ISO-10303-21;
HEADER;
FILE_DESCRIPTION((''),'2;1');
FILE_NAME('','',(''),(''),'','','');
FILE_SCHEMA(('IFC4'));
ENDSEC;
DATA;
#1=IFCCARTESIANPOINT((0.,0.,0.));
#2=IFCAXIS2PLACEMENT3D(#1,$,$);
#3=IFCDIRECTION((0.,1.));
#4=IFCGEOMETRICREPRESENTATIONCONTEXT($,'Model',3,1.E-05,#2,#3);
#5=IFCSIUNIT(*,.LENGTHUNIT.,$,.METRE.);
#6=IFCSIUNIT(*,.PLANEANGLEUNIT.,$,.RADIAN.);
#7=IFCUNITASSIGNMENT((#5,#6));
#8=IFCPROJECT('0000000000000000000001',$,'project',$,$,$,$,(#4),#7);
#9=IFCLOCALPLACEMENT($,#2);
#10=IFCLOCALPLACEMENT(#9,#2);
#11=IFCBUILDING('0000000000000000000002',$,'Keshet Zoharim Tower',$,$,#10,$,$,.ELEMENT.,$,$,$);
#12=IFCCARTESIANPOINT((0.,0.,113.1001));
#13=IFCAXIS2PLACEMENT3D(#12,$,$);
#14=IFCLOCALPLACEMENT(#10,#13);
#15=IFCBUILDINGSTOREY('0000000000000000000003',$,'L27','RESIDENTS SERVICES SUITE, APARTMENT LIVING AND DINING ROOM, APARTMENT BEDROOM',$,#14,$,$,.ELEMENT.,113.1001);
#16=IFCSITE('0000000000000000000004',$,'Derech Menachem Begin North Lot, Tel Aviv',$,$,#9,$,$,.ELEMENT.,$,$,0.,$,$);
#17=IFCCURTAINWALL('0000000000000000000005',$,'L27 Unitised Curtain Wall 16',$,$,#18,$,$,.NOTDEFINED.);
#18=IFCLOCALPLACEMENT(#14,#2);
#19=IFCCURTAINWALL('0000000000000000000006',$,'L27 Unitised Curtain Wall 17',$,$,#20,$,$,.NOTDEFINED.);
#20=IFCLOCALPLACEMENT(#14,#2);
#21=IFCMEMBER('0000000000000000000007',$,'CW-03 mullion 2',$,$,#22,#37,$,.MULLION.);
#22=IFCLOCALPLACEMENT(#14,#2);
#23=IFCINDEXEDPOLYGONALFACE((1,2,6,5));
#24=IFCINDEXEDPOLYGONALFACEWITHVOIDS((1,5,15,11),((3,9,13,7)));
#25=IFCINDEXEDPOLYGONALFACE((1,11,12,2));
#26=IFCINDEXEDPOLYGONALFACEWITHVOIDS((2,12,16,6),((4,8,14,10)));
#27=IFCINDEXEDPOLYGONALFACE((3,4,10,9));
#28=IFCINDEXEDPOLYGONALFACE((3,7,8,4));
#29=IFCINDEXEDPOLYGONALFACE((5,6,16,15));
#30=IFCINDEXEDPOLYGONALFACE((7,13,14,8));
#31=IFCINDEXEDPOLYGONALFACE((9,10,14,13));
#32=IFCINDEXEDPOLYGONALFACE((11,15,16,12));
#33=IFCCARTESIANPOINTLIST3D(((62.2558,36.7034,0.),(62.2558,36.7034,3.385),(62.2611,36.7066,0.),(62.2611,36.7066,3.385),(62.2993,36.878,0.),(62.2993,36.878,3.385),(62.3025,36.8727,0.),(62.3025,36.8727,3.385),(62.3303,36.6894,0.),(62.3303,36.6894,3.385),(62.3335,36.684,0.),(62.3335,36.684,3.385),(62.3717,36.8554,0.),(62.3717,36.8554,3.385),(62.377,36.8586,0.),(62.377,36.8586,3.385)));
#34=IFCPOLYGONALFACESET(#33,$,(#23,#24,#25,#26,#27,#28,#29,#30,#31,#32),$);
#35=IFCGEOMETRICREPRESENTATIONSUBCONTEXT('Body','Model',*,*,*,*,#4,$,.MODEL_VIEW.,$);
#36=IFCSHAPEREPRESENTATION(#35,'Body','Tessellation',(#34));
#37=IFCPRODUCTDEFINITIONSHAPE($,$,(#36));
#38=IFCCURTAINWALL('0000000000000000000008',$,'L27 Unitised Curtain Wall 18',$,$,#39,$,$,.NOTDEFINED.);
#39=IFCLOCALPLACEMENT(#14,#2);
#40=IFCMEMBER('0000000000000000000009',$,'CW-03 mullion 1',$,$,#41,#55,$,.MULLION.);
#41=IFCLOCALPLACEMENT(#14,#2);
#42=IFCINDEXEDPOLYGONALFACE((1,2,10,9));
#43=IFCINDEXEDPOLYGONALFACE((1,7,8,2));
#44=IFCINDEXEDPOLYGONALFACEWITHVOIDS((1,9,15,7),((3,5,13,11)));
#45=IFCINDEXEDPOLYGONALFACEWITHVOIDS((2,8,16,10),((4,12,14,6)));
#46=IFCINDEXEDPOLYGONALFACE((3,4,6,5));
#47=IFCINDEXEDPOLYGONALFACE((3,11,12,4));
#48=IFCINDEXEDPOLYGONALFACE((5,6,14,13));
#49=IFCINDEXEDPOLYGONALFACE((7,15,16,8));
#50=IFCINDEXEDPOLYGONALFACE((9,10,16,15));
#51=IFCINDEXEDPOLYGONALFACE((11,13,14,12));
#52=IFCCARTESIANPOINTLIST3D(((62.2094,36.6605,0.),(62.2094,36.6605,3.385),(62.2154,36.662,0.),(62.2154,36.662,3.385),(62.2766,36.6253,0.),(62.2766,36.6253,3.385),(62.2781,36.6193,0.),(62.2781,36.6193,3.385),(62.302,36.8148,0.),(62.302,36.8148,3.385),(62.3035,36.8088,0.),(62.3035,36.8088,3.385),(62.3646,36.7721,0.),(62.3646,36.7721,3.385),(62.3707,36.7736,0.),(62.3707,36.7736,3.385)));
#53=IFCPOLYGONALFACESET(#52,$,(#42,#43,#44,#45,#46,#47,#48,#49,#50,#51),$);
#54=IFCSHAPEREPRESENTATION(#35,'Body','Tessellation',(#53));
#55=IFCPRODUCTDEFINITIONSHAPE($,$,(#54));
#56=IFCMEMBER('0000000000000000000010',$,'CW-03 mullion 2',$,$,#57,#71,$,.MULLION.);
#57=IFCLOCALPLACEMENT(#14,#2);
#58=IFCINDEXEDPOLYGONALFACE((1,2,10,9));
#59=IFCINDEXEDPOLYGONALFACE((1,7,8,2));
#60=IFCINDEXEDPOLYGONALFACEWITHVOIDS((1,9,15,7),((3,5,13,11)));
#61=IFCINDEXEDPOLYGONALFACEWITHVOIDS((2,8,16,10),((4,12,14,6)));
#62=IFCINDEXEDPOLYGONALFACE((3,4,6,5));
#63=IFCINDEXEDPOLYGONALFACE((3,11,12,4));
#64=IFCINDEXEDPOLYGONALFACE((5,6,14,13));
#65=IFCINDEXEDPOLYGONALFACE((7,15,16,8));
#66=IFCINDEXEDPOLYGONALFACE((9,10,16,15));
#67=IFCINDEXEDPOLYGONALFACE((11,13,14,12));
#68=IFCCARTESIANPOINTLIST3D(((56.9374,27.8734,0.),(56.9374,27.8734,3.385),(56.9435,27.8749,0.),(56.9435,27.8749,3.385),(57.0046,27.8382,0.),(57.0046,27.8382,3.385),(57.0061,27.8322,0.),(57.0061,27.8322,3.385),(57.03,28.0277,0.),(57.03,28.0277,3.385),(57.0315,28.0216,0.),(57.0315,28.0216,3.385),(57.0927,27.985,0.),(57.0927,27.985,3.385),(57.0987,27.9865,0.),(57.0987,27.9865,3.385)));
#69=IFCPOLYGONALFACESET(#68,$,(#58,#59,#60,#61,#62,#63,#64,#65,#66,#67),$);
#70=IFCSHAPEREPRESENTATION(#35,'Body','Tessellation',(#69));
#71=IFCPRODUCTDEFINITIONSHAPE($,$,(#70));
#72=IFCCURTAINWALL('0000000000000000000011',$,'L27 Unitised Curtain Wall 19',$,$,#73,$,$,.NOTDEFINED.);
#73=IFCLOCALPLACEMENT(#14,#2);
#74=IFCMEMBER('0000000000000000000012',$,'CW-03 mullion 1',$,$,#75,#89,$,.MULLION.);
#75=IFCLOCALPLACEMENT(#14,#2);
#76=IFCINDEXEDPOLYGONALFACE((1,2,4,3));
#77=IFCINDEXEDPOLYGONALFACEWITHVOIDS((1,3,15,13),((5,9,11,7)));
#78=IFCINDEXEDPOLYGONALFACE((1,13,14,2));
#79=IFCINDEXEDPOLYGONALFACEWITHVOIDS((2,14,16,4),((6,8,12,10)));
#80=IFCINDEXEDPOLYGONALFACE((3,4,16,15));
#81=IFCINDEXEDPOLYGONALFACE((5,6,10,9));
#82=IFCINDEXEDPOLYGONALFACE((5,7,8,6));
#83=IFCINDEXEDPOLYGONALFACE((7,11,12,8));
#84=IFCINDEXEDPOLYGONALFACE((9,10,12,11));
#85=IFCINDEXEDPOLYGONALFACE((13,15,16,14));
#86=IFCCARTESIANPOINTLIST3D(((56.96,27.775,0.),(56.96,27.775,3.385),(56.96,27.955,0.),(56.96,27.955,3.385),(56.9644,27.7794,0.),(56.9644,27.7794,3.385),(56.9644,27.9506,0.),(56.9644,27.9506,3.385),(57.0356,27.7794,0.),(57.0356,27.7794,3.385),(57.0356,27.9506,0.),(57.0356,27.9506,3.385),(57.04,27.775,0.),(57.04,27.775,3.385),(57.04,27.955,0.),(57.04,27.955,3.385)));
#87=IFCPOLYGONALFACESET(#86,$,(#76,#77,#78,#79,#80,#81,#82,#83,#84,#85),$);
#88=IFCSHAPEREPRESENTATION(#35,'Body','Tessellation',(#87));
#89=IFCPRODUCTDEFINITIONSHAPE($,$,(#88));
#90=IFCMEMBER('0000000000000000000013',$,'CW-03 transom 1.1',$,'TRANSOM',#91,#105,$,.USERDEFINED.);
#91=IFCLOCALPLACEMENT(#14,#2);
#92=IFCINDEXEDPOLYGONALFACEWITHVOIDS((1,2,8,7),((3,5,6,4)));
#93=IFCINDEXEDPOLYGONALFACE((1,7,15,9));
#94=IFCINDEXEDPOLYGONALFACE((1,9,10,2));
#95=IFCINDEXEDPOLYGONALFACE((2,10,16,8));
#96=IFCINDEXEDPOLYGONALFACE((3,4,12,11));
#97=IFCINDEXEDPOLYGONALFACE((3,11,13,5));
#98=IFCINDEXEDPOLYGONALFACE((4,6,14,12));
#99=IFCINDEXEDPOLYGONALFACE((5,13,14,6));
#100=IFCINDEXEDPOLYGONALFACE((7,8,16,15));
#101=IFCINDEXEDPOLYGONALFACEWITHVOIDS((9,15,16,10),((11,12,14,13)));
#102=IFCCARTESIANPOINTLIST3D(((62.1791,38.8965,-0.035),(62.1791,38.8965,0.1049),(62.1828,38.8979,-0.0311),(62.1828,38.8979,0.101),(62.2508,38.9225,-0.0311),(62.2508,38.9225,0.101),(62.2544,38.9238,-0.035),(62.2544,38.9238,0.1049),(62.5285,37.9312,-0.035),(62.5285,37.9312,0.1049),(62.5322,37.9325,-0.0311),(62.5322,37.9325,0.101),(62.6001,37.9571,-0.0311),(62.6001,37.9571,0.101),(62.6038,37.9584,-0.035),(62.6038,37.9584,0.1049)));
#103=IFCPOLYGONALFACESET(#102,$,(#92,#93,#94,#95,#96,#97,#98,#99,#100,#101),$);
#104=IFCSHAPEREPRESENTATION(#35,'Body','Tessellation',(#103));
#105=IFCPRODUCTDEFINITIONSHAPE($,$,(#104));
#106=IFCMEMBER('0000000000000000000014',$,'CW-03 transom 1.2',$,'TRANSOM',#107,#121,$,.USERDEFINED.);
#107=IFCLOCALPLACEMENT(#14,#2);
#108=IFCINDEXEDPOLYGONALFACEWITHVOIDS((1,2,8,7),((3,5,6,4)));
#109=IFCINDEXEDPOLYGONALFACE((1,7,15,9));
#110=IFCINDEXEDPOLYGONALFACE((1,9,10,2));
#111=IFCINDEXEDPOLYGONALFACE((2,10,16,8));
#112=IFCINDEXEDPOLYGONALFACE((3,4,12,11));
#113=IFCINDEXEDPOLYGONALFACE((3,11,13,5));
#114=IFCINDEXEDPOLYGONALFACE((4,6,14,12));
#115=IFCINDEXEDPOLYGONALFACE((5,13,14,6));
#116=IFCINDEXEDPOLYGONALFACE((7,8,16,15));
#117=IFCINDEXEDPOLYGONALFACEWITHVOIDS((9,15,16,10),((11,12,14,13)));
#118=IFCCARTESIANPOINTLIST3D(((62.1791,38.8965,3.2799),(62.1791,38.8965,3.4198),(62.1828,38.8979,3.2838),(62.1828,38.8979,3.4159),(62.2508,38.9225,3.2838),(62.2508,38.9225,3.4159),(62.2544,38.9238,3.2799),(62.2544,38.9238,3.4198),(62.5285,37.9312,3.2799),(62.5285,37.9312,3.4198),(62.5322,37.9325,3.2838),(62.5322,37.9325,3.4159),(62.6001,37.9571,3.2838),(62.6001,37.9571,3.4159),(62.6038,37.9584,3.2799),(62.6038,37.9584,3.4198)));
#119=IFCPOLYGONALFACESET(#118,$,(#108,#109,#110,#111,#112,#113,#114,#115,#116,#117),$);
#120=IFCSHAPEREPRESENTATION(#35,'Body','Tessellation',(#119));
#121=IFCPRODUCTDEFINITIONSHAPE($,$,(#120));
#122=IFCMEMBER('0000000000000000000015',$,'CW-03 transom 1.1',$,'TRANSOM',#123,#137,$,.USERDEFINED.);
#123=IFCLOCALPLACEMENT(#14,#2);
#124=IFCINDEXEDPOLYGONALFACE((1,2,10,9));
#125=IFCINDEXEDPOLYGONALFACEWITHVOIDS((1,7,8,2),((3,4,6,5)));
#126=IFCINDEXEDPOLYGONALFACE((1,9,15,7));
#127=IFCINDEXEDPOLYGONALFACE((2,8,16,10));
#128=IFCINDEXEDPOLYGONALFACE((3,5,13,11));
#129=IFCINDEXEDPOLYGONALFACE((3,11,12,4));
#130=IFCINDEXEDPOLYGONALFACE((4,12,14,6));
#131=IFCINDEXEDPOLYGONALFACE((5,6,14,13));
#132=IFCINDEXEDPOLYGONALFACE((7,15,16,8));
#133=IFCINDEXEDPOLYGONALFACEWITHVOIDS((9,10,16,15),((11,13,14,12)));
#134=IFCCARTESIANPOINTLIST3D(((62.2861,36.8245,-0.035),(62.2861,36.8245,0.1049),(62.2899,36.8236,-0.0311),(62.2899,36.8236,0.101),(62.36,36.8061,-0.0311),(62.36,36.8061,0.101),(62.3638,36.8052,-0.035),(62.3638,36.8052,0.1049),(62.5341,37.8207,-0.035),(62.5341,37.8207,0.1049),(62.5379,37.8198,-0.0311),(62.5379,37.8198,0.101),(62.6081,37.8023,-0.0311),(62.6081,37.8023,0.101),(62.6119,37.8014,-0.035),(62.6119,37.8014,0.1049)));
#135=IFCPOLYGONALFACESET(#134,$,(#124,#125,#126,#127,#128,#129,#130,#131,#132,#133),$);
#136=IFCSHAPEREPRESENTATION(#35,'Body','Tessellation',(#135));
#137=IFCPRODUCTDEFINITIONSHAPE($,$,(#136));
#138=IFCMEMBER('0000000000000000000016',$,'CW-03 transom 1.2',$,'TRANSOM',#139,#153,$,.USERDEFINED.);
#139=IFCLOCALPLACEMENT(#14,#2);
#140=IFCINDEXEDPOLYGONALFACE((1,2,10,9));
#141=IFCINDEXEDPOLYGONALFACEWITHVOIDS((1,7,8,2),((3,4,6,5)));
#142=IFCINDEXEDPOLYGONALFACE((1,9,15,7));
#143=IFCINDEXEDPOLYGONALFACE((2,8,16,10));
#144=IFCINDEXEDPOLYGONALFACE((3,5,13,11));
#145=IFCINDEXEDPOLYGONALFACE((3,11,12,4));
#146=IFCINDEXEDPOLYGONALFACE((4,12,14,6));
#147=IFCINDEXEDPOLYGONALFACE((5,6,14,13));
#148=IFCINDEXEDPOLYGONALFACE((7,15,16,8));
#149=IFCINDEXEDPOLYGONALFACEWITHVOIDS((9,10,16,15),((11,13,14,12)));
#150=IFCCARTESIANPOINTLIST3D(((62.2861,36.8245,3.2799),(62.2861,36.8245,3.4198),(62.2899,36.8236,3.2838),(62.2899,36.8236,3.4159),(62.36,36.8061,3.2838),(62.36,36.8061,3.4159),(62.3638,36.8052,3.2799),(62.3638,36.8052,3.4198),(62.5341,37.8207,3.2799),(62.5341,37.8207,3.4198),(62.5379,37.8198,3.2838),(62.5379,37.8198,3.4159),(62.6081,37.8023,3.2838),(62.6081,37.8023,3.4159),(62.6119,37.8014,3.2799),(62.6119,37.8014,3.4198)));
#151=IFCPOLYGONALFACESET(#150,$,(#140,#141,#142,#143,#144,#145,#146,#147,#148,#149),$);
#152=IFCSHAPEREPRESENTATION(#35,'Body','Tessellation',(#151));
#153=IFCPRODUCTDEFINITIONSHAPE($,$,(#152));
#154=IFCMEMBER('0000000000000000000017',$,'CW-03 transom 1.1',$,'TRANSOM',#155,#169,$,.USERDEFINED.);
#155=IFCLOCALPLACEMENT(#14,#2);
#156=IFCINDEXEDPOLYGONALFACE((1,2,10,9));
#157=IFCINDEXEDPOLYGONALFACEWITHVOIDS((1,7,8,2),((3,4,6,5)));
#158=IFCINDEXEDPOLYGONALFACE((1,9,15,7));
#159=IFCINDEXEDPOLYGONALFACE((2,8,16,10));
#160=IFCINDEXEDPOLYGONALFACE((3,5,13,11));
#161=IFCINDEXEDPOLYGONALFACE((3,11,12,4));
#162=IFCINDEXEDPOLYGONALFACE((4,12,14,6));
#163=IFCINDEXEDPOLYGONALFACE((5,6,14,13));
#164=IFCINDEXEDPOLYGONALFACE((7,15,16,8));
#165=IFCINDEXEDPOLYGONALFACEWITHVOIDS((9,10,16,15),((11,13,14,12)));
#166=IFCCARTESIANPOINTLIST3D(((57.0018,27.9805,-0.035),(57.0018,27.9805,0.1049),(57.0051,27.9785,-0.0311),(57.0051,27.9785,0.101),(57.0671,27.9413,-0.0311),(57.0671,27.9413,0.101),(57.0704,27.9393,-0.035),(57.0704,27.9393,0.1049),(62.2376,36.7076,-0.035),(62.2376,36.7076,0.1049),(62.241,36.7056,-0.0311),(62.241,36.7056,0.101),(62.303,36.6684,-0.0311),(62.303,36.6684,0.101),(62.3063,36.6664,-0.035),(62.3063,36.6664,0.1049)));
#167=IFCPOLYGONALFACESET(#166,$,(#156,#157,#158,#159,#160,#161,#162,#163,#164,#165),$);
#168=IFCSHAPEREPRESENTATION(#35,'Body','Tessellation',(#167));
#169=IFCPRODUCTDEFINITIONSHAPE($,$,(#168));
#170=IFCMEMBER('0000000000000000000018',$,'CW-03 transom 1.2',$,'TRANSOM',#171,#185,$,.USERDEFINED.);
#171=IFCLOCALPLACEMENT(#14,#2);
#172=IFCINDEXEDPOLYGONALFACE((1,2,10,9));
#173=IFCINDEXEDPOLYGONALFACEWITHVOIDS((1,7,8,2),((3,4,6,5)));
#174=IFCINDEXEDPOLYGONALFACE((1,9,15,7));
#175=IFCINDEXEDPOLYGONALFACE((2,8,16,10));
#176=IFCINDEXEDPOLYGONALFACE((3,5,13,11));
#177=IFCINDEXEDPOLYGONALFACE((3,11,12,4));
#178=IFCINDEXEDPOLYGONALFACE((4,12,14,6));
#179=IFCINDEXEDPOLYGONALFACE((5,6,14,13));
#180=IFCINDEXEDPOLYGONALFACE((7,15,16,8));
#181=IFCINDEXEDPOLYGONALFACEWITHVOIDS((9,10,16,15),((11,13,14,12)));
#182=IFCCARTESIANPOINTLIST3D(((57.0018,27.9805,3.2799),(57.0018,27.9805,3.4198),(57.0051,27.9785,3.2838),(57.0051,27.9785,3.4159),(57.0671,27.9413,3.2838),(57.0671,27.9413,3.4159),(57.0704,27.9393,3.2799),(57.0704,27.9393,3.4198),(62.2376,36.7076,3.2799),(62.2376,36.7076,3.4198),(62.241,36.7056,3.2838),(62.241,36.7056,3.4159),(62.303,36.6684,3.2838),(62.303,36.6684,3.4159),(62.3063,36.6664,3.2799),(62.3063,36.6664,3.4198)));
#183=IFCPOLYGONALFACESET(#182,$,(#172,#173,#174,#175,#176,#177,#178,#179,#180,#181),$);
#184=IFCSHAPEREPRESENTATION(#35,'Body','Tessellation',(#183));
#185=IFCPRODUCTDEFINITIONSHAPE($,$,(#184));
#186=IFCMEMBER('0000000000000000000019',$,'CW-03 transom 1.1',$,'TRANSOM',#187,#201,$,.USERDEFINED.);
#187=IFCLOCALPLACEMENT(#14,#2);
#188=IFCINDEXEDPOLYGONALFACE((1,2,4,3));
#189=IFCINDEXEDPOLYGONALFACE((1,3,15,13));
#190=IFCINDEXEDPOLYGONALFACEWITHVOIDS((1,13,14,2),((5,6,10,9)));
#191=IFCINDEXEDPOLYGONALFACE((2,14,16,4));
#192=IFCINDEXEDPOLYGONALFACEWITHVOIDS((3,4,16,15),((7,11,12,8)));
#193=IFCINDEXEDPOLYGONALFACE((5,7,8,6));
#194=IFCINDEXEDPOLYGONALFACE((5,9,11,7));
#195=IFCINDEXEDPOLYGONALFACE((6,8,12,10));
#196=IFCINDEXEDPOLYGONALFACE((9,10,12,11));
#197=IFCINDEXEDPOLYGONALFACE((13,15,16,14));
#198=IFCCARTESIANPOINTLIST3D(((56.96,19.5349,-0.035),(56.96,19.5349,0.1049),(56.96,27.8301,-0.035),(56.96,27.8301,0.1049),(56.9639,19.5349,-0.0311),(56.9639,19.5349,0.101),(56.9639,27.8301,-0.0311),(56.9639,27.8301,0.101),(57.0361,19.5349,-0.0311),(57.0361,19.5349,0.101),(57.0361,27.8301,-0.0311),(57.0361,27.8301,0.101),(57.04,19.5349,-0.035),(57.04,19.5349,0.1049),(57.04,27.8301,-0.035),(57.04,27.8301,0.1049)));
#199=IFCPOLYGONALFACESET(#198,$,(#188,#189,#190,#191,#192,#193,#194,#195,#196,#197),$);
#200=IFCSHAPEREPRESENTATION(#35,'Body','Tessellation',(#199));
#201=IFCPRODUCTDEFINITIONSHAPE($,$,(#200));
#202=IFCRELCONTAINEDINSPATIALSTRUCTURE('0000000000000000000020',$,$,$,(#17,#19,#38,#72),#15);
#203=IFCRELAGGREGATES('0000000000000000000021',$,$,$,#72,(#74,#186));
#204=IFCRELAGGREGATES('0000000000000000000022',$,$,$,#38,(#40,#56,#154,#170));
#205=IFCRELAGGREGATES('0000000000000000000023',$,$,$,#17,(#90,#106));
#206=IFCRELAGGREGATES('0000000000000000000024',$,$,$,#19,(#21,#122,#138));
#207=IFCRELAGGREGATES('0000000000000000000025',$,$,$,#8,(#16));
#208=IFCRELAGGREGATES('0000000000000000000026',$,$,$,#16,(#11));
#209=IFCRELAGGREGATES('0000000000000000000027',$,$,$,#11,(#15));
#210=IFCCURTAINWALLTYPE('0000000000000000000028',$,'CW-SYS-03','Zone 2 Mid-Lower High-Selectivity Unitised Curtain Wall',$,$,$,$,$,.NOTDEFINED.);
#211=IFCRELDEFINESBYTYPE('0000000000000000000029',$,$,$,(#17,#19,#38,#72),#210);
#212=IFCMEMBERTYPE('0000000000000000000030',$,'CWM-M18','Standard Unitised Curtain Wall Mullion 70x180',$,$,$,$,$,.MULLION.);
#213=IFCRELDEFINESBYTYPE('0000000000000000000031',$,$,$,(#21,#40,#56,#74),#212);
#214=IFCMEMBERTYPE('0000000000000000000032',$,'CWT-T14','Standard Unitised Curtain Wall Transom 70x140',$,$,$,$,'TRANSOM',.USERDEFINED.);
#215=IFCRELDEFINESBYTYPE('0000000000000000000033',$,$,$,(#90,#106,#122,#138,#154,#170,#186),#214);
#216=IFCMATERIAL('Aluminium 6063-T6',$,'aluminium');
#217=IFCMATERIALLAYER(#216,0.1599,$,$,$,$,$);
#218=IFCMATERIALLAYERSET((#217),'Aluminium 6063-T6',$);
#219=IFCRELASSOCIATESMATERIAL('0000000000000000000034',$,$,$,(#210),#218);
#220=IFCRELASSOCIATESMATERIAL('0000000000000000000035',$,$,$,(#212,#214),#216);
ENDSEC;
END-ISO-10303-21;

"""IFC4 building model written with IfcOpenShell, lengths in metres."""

from ifc_helpers import new_model, si_unit, direction, frame, origin, origin_2d, place, context, subcontext, project, spatial, hollow_rectangle, extrude, material, layer, layer_set, material_profile, profile_set, type_object, element, aggregate, save


model = new_model("IFC4")

# Units and contexts
model_context = context("Model", 3, precision=1e-05, world=origin(), true_north=direction((0.0, 1.0)))
body_context = subcontext(model_context, "Body", "Model", "MODEL_VIEW")
ifc_project = project(units=[si_unit("LENGTHUNIT", "METRE"), si_unit("PLANEANGLEUNIT", "RADIAN")], contexts=[model_context])

# Site, building, storey
site_placement = place(None, origin())
site = spatial("IfcSite", under=ifc_project, at=site_placement, Name="Derech Menachem Begin North Lot, Tel Aviv", CompositionType="ELEMENT", RefElevation=0.0)
building_placement = place(site_placement, origin())
building = spatial("IfcBuilding", under=site, at=building_placement, Name="Keshet Zoharim Tower", CompositionType="ELEMENT")
storey_placement = place(building_placement, frame((0.0, 0.0, 113.1001)))
storey = spatial("IfcBuildingStorey", under=building, at=storey_placement, Name="L27", Description="RESIDENTS SERVICES SUITE, APARTMENT LIVING AND DINING ROOM, APARTMENT BEDROOM", CompositionType="ELEMENT", Elevation=113.1001)

# Shared definitions
ifc_material_1 = material(Name="Aluminium 6063-T6", Category="aluminium")
ifc_layer_1 = layer(ifc_material_1, 0.1599)
ifc_layer_set_1 = layer_set([ifc_layer_1], Name="Aluminium 6063-T6")
curtain_wall_type = type_object("IfcCurtainWallType", Name="CW-SYS-03", Description="Zone 2 Mid-Lower High-Selectivity Unitised Curtain Wall", PredefinedType="NOTDEFINED", material=ifc_layer_set_1)
ifc_material_profile_1 = material_profile(ifc_material_1, hollow_rectangle(XDim=0.0801, YDim=0.1799, WallThickness=0.0044, at=origin_2d()), Name="MUL-80x180")
ifc_profile_set_1 = profile_set([ifc_material_profile_1], Name="Aluminium 6063-T6")
member_type_1 = type_object("IfcMemberType", Name="CWM-M18", Description="Standard Unitised Curtain Wall Mullion 70x180", PredefinedType="MULLION", material=ifc_profile_set_1)

# Curtain walls, members
curtain_wall_1_placement = place(storey_placement, origin())
curtain_wall_1 = element("IfcCurtainWall", 1, at=curtain_wall_1_placement, inside=storey, type_object=curtain_wall_type, Name="L27 Unitised Curtain Wall 16", PredefinedType="NOTDEFINED")
curtain_wall_2_placement = place(storey_placement, origin())
curtain_wall_2 = element("IfcCurtainWall", 2, at=curtain_wall_2_placement, inside=storey, type_object=curtain_wall_type, Name="L27 Unitised Curtain Wall 17", PredefinedType="NOTDEFINED")
member_1_placement = place(storey_placement, frame((62.3164, 36.781, 0.0), z_axis=(0.0, 0.0, 1.0), x_axis=(0.970344, -0.241729, 0.0)))
member_1 = element("IfcMember", 3, at=member_1_placement, type_object=member_type_1, Name="CW-03 mullion 2", PredefinedType="MULLION", context=body_context, shape_type="SweptSolid", body=[
    extrude(hollow_rectangle(XDim=0.0801, YDim=0.1799, WallThickness=0.0044, at=origin_2d()), origin(), (0.0, 0.0, 1.0), 3.385),
])
curtain_wall_3_placement = place(storey_placement, origin())
curtain_wall_3 = element("IfcCurtainWall", 4, at=curtain_wall_3_placement, inside=storey, type_object=curtain_wall_type, Name="L27 Unitised Curtain Wall 18", PredefinedType="NOTDEFINED")
member_2_placement = place(storey_placement, frame((62.29, 36.717, 0.0), z_axis=(0.0, 0.0, 1.0), x_axis=(0.857501, -0.514482, 0.0)))
member_2 = element("IfcMember", 5, at=member_2_placement, type_object=member_type_1, Name="CW-03 mullion 1", PredefinedType="MULLION", context=body_context, shape_type="SweptSolid", body=[
    extrude(hollow_rectangle(XDim=0.0801, YDim=0.1799, WallThickness=0.0044, at=origin_2d()), origin(), (0.0, 0.0, 1.0), 3.385),
])
member_3_placement = place(storey_placement, frame((57.0181, 27.9299, 0.0), z_axis=(0.0, 0.0, 1.0), x_axis=(0.857501, -0.514482, 0.0)))
member_3 = element("IfcMember", 6, at=member_3_placement, type_object=member_type_1, Name="CW-03 mullion 2", PredefinedType="MULLION", context=body_context, shape_type="SweptSolid", body=[
    extrude(hollow_rectangle(XDim=0.0801, YDim=0.1799, WallThickness=0.0044, at=origin_2d()), origin(), (0.0, 0.0, 1.0), 3.385),
])

# Curtain wall, member
curtain_wall_4_placement = place(storey_placement, origin())
curtain_wall_4 = element("IfcCurtainWall", 7, at=curtain_wall_4_placement, inside=storey, type_object=curtain_wall_type, Name="L27 Unitised Curtain Wall 19", PredefinedType="NOTDEFINED")
member_4_placement = place(storey_placement, frame((57.0, 27.865, 0.0), z_axis=(0.0, 0.0, 1.0), x_axis=(1.0, 0.0, 0.0)))
member_4 = element("IfcMember", 8, at=member_4_placement, type_object=member_type_1, Name="CW-03 mullion 1", PredefinedType="MULLION", context=body_context, shape_type="SweptSolid", body=[
    extrude(hollow_rectangle(XDim=0.0801, YDim=0.1799, WallThickness=0.0044, at=origin_2d()), origin(), (0.0, 0.0, 1.0), 3.385),
])

# Members
ifc_material_profile_2 = material_profile(ifc_material_1, hollow_rectangle(XDim=0.0801, YDim=0.1399, WallThickness=0.0039, at=origin_2d()), Name="TRN-80x140")
ifc_profile_set_2 = profile_set([ifc_material_profile_2], Name="Aluminium 6063-T6")
member_type_2 = type_object("IfcMemberType", Name="CWT-T14", Description="Standard Unitised Curtain Wall Transom 70x140", ElementType="TRANSOM", PredefinedType="USERDEFINED", material=ifc_profile_set_2)
member_5_placement = place(storey_placement, frame((62.2168, 38.9102, 0.0349), z_axis=(0.340311, -0.940313, 0.0), x_axis=(0.940313, 0.340311, 0.0)))
member_5 = element("IfcMember", 9, at=member_5_placement, type_object=member_type_2, Name="CW-03 transom 1.1", ObjectType="TRANSOM", PredefinedType="USERDEFINED", context=body_context, shape_type="SweptSolid", body=[
    extrude(hollow_rectangle(XDim=0.0801, YDim=0.1399, WallThickness=0.0039, at=origin_2d()), origin(), (0.0, 0.0, 1.0), 1.0266),
])
member_6_placement = place(storey_placement, frame((62.2168, 38.9102, 3.3499), z_axis=(0.340311, -0.940313, 0.0), x_axis=(0.940313, 0.340311, 0.0)))
member_6 = element("IfcMember", 10, at=member_6_placement, type_object=member_type_2, Name="CW-03 transom 1.2", ObjectType="TRANSOM", PredefinedType="USERDEFINED", context=body_context, shape_type="SweptSolid", body=[
    extrude(hollow_rectangle(XDim=0.0801, YDim=0.1399, WallThickness=0.0039, at=origin_2d()), origin(), (0.0, 0.0, 1.0), 1.0266),
])
member_7_placement = place(storey_placement, frame((62.573, 37.811, 0.0349), z_axis=(-0.24164, -0.970366, 0.0), x_axis=(0.970366, -0.24164, 0.0)))
member_7 = element("IfcMember", 11, at=member_7_placement, type_object=member_type_2, Name="CW-03 transom 1.1", ObjectType="TRANSOM", PredefinedType="USERDEFINED", context=body_context, shape_type="SweptSolid", body=[
    extrude(hollow_rectangle(XDim=0.0801, YDim=0.1399, WallThickness=0.0039, at=origin_2d()), origin(), (0.0, 0.0, 1.0), 1.0266),
])
member_8_placement = place(storey_placement, frame((62.573, 37.811, 3.3499), z_axis=(-0.24164, -0.970366, 0.0), x_axis=(0.970366, -0.24164, 0.0)))
member_8 = element("IfcMember", 12, at=member_8_placement, type_object=member_type_2, Name="CW-03 transom 1.2", ObjectType="TRANSOM", PredefinedType="USERDEFINED", context=body_context, shape_type="SweptSolid", body=[
    extrude(hollow_rectangle(XDim=0.0801, YDim=0.1399, WallThickness=0.0039, at=origin_2d()), origin(), (0.0, 0.0, 1.0), 1.0266),
])
member_9_placement = place(storey_placement, frame((62.272, 36.687, 0.0349), z_axis=(-0.514468, -0.85751, 0.0), x_axis=(0.85751, -0.514468, 0.0)))
member_9 = element("IfcMember", 13, at=member_9_placement, type_object=member_type_2, Name="CW-03 transom 1.1", ObjectType="TRANSOM", PredefinedType="USERDEFINED", context=body_context, shape_type="SweptSolid", body=[
    extrude(hollow_rectangle(XDim=0.0801, YDim=0.1399, WallThickness=0.0039, at=origin_2d()), origin(), (0.0, 0.0, 1.0), 10.1772),
])
member_10_placement = place(storey_placement, frame((62.272, 36.687, 3.3499), z_axis=(-0.514468, -0.85751, 0.0), x_axis=(0.85751, -0.514468, 0.0)))
member_10 = element("IfcMember", 14, at=member_10_placement, type_object=member_type_2, Name="CW-03 transom 1.2", ObjectType="TRANSOM", PredefinedType="USERDEFINED", context=body_context, shape_type="SweptSolid", body=[
    extrude(hollow_rectangle(XDim=0.0801, YDim=0.1399, WallThickness=0.0039, at=origin_2d()), origin(), (0.0, 0.0, 1.0), 10.1772),
])
member_11_placement = place(storey_placement, frame((57.0, 27.8301, 0.0349), z_axis=(0.0, -1.0, 0.0), x_axis=(1.0, 0.0, 0.0)))
member_11 = element("IfcMember", 15, at=member_11_placement, type_object=member_type_2, Name="CW-03 transom 1.1", ObjectType="TRANSOM", PredefinedType="USERDEFINED", context=body_context, shape_type="SweptSolid", body=[
    extrude(hollow_rectangle(XDim=0.0801, YDim=0.1399, WallThickness=0.0039, at=origin_2d()), origin(), (0.0, 0.0, 1.0), 8.2952),
])
aggregate(curtain_wall_4, [member_4, member_11])

aggregate(curtain_wall_3, [member_2, member_3, member_9, member_10])
aggregate(curtain_wall_1, [member_5, member_6])
aggregate(curtain_wall_2, [member_1, member_7, member_8])

save(model, "model.ifc")
